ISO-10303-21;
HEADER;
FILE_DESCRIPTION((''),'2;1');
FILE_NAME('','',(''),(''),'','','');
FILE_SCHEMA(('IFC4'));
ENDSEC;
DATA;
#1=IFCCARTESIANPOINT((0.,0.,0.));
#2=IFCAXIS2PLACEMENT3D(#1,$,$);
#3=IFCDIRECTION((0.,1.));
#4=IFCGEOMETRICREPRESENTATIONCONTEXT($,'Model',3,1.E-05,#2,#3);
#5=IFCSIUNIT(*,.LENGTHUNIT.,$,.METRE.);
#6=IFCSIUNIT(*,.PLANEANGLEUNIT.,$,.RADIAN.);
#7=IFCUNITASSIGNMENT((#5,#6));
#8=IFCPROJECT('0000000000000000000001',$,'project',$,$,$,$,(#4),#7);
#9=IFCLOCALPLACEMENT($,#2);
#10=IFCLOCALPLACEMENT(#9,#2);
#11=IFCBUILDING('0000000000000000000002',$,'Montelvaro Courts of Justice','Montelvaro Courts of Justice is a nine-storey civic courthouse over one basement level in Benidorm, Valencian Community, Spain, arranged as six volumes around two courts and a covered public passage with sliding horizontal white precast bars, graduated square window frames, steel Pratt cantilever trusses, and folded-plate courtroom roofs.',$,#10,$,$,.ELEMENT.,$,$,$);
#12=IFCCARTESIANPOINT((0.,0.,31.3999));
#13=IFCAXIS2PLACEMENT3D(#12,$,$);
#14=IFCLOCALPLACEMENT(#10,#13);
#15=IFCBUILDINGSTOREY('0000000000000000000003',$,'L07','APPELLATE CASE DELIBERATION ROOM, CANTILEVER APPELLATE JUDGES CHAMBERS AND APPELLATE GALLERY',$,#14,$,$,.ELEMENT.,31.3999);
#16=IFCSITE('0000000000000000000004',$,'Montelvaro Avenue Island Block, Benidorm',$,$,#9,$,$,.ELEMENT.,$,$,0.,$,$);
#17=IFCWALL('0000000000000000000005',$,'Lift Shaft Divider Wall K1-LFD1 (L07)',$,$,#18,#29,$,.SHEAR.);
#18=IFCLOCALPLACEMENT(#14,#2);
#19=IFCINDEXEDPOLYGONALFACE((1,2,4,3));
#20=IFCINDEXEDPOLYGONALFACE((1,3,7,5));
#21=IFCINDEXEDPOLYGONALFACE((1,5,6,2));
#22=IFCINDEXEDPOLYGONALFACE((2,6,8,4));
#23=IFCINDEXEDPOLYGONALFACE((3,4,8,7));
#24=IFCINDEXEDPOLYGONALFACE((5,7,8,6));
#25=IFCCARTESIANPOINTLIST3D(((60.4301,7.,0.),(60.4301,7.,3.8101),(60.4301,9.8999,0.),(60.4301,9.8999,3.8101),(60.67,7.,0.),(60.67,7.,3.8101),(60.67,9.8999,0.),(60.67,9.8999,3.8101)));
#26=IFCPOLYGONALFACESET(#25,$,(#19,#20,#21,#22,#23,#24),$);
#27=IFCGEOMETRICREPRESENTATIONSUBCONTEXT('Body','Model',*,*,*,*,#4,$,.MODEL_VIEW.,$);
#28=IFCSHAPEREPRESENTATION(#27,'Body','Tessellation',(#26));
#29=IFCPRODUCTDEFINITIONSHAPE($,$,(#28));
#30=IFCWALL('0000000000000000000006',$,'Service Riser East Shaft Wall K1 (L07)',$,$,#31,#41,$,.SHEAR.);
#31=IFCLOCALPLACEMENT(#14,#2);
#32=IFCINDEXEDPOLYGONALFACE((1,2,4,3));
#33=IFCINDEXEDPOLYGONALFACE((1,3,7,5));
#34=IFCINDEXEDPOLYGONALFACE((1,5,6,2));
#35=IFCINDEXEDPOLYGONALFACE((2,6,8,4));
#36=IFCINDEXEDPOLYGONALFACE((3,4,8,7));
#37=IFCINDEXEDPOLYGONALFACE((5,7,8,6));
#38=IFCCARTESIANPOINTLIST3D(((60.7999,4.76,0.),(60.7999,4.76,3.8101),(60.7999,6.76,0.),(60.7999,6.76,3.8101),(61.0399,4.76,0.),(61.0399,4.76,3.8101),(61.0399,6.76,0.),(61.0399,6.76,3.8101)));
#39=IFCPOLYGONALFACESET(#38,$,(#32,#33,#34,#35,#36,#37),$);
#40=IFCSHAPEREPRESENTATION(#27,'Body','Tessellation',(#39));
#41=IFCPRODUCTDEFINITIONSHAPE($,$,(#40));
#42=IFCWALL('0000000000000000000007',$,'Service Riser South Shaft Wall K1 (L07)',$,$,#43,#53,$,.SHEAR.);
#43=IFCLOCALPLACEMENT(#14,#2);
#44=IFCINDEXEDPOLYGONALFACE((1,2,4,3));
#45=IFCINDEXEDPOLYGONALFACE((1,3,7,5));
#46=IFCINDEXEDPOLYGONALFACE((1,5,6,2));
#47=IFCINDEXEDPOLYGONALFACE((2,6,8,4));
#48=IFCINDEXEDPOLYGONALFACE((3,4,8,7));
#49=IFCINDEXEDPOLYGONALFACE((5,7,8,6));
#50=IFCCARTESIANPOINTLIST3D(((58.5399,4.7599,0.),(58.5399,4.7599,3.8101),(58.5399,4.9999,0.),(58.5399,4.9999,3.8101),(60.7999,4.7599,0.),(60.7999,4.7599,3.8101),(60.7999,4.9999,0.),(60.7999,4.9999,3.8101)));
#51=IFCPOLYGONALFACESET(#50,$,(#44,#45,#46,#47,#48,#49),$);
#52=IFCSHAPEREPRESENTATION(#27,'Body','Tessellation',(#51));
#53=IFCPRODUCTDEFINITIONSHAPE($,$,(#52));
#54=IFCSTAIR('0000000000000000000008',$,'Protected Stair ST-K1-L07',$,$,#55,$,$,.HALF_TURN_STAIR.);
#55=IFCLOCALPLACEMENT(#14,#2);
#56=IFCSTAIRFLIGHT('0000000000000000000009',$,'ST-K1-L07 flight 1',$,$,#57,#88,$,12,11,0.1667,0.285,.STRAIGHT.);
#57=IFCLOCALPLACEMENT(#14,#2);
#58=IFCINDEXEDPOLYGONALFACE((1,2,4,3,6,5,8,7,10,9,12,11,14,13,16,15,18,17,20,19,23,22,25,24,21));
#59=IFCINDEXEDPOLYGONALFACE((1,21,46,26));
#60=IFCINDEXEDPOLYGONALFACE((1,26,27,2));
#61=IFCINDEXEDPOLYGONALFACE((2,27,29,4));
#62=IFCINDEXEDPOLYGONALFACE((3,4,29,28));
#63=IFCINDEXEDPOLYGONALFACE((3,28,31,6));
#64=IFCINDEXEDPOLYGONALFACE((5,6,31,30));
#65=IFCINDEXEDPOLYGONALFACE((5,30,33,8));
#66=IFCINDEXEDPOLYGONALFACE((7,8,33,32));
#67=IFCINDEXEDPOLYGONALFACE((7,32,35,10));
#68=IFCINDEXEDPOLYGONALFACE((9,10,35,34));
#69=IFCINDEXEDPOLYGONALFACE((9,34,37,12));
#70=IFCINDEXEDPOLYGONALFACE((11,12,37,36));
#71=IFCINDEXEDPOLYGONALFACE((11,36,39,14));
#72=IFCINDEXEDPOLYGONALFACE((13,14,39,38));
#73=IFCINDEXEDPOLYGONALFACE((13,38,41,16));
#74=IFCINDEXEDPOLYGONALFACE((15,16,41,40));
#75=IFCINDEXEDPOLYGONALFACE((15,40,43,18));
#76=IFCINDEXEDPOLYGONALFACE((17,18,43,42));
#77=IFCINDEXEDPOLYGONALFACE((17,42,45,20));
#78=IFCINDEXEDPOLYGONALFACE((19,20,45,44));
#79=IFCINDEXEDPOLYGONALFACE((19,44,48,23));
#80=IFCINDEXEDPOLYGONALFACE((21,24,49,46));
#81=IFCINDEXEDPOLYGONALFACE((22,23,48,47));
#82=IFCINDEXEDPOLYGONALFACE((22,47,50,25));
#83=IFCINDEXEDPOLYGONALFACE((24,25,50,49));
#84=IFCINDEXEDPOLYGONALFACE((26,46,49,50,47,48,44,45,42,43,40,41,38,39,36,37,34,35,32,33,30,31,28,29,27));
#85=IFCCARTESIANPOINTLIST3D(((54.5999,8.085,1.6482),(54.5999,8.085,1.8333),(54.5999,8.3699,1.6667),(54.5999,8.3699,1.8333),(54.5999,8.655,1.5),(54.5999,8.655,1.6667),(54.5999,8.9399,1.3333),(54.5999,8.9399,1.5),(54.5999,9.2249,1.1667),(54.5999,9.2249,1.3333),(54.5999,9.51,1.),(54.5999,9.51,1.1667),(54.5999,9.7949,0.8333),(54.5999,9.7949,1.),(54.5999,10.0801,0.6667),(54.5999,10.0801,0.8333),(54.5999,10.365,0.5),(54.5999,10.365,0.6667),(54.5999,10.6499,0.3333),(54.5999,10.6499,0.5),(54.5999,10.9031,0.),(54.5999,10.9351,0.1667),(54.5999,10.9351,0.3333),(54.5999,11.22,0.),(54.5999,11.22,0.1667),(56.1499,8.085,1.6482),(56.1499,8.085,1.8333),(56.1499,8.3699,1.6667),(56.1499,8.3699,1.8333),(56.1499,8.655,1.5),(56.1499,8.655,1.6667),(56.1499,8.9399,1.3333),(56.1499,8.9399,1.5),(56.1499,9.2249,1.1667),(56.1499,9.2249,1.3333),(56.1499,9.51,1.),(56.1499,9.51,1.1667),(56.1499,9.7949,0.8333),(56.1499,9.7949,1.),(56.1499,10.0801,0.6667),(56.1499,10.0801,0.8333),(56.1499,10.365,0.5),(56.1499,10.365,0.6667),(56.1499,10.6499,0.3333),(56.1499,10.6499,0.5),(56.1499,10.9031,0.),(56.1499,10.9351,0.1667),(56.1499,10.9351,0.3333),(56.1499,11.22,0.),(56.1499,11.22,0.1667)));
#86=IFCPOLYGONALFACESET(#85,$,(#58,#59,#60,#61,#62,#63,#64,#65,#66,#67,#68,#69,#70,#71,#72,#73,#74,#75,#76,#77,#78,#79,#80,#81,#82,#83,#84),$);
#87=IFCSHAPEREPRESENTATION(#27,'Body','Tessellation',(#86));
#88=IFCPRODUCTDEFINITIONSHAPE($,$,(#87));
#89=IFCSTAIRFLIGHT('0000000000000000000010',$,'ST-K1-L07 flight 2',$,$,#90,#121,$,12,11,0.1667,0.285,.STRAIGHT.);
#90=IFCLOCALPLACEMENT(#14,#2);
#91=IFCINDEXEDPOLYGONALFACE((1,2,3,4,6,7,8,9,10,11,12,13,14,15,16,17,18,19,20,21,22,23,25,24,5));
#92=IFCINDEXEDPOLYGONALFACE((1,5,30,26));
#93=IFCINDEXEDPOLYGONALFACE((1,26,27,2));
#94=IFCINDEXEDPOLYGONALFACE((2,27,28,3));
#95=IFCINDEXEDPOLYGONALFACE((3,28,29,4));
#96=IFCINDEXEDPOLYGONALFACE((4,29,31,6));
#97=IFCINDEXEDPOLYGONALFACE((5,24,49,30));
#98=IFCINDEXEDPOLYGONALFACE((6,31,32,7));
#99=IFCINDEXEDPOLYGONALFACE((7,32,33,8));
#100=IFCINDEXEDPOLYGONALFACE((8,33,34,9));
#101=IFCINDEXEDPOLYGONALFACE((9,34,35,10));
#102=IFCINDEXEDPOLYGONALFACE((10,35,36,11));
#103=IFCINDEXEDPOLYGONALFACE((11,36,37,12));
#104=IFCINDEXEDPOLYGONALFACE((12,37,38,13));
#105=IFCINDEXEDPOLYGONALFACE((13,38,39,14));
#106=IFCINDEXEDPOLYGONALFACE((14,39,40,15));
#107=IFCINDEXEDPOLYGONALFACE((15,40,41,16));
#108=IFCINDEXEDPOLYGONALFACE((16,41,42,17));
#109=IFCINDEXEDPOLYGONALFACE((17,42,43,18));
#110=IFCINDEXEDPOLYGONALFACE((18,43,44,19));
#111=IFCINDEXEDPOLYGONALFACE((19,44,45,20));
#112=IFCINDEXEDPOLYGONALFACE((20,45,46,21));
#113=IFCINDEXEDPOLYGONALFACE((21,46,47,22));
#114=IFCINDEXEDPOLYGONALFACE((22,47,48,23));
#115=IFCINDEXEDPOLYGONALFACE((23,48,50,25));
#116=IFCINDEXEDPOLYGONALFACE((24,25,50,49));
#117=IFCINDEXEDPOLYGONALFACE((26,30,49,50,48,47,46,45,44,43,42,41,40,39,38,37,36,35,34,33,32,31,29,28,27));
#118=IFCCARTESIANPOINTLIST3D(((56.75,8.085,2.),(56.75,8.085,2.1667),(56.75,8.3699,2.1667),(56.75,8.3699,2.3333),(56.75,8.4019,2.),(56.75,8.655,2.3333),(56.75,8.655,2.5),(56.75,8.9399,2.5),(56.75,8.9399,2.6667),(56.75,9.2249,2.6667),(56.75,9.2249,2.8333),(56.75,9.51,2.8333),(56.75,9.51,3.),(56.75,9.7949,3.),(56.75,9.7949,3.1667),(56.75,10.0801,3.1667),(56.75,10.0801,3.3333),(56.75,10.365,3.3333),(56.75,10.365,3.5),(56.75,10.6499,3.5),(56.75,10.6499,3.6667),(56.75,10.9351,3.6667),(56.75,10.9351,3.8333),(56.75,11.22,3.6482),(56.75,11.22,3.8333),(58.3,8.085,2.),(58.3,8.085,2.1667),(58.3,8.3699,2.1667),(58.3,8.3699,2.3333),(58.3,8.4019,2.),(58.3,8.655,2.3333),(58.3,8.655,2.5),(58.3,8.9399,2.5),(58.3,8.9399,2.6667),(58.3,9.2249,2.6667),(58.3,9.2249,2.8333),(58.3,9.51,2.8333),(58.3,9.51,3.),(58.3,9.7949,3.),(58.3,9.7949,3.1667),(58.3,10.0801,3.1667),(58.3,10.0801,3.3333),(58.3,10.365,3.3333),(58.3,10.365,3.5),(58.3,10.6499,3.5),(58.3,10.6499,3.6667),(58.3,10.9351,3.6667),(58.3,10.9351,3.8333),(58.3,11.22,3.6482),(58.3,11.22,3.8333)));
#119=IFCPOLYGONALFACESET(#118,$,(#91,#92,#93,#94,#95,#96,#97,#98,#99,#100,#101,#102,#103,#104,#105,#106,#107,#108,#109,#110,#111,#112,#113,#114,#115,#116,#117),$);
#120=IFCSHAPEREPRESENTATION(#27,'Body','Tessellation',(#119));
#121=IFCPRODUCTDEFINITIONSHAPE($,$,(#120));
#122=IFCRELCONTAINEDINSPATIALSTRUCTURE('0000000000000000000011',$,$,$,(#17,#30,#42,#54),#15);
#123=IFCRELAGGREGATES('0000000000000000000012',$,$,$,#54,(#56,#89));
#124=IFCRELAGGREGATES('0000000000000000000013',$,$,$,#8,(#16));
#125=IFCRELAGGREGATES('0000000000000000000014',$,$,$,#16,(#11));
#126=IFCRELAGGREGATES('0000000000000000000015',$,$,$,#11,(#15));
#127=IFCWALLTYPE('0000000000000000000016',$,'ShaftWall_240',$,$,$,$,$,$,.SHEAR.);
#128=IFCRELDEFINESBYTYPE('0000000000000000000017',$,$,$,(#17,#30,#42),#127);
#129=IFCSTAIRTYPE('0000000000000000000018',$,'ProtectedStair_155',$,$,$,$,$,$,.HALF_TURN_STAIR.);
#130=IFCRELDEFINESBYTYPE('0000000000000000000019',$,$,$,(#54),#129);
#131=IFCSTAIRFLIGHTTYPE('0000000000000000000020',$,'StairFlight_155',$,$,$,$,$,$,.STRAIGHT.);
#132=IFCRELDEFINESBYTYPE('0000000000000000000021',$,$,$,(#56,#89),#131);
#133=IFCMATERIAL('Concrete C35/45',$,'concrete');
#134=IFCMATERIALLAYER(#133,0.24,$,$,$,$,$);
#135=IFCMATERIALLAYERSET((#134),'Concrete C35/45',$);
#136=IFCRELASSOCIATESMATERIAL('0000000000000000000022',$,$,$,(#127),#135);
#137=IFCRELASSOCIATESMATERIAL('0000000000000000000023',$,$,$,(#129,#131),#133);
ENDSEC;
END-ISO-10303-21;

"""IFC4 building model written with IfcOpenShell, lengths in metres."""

from ifc_helpers import new_model, si_unit, direction, frame, frame_2d, origin, place, context, subcontext, project, spatial, polyline, rectangle, outline, extrude, material, layer, layer_set, type_object, element, aggregate, save


model = new_model("IFC4")

# Units and contexts
model_context = context("Model", 3, precision=1e-05, world=origin(), true_north=direction((0.0, 1.0)))
body_context = subcontext(model_context, "Body", "Model", "MODEL_VIEW")
ifc_project = project(units=[si_unit("LENGTHUNIT", "METRE"), si_unit("PLANEANGLEUNIT", "RADIAN")], contexts=[model_context])

# Site, building, storey
site_placement = place(None, origin())
site = spatial("IfcSite", under=ifc_project, at=site_placement, Name="Montelvaro Avenue Island Block, Benidorm", CompositionType="ELEMENT", RefElevation=0.0)
building_placement = place(site_placement, origin())
building = spatial("IfcBuilding", under=site, at=building_placement, Name="Montelvaro Courts of Justice", Description="Montelvaro Courts of Justice is a nine-storey civic courthouse over one basement level in Benidorm, Valencian Community, Spain, arranged as six volumes around two courts and a covered public passage with sliding horizontal white precast bars, graduated square window frames, steel Pratt cantilever trusses, and folded-plate courtroom roofs.", CompositionType="ELEMENT")
storey_placement = place(building_placement, frame((0.0, 0.0, 31.3999)))
storey = spatial("IfcBuildingStorey", under=building, at=storey_placement, Name="L07", Description="APPELLATE CASE DELIBERATION ROOM, CANTILEVER APPELLATE JUDGES CHAMBERS AND APPELLATE GALLERY", CompositionType="ELEMENT", Elevation=31.3999)

# Shared definitions
ifc_material_1 = material(Name="Concrete C35/45", Category="concrete")
ifc_layer_1 = layer(ifc_material_1, 0.24)
ifc_layer_set_1 = layer_set([ifc_layer_1], Name="Concrete C35/45")
wall_type_1 = type_object("IfcWallType", Name="ShaftWall_240", PredefinedType="SHEAR", material=ifc_layer_set_1)

# Walls
wall_1_placement = place(storey_placement, frame((60.55, 7.0, 0.0), z_axis=(0.0, 0.0, 1.0), x_axis=(0.0, 1.0, 0.0)))
element("IfcWall", 1, at=wall_1_placement, inside=storey, type_object=wall_type_1, Name="Lift Shaft Divider Wall K1-LFD1 (L07)", PredefinedType="SHEAR", context=body_context, shape_type="SweptSolid", body=[
    extrude(rectangle(XDim=2.8999, YDim=0.24, at=frame_2d((1.45, 0.0))), origin(), (0.0, 0.0, 1.0), 3.8101),
])
wall_2_placement = place(storey_placement, frame((60.9199, 4.76, 0.0), z_axis=(0.0, 0.0, 1.0), x_axis=(0.0, 1.0, 0.0)))
element("IfcWall", 2, at=wall_2_placement, inside=storey, type_object=wall_type_1, Name="Service Riser East Shaft Wall K1 (L07)", PredefinedType="SHEAR", context=body_context, shape_type="SweptSolid", body=[
    extrude(rectangle(XDim=2.0, YDim=0.24, at=frame_2d((1.0, 0.0))), origin(), (0.0, 0.0, 1.0), 3.8101),
])
wall_3_placement = place(storey_placement, frame((58.54, 4.8799, 0.0), z_axis=(0.0, 0.0, 1.0), x_axis=(1.0, 0.0, 0.0)))
element("IfcWall", 3, at=wall_3_placement, inside=storey, type_object=wall_type_1, Name="Service Riser South Shaft Wall K1 (L07)", PredefinedType="SHEAR", context=body_context, shape_type="SweptSolid", body=[
    extrude(rectangle(XDim=2.26, YDim=0.24, at=frame_2d((1.1299, 0.0))), origin(), (0.0, 0.0, 1.0), 3.8101),
])

# Stair, stair flights
stair_type = type_object("IfcStairType", Name="ProtectedStair_155", PredefinedType="HALF_TURN_STAIR", material=ifc_material_1)
stair_placement = place(storey_placement, origin())
stair = element("IfcStair", 4, at=stair_placement, inside=storey, type_object=stair_type, Name="Protected Stair ST-K1-L07", PredefinedType="HALF_TURN_STAIR")
stair_flight_type = type_object("IfcStairFlightType", Name="StairFlight_155", PredefinedType="STRAIGHT", material=ifc_material_1)
stair_flight_1_placement = place(storey_placement, frame((55.375, 11.22, 0.0), z_axis=(0.0, 0.0, 1.0), x_axis=(0.0, -1.0, 0.0)))
stair_flight_1 = element("IfcStairFlight", 5, at=stair_flight_1_placement, type_object=stair_flight_type, Name="ST-K1-L07 flight 1", NumberOfRisers=12, NumberOfTreads=11, PredefinedType="STRAIGHT", RiserHeight=0.1667, TreadLength=0.285, context=body_context, shape_type="SweptSolid", body=[
    extrude(outline(polyline([(0.0, 0.0), (0.0, 0.1667), (0.2849, 0.1667), (0.2849, 0.3333), (0.5701, 0.3333), (0.5701, 0.5), (0.855, 0.5), (0.855, 0.6667), (1.1399, 0.6667), (1.1399, 0.8333), (1.425, 0.8333), (1.425, 1.0), (1.71, 1.0), (1.71, 1.1667), (1.9951, 1.1667), (1.9951, 1.3333), (2.28, 1.3333), (2.28, 1.5), (2.5649, 1.5), (2.5649, 1.6667), (2.8501, 1.6667), (2.8501, 1.8333), (3.135, 1.8333), (3.135, 2.0), (3.135, 1.6482), (0.3169, 0.0), (0.0, 0.0)])), frame((0.0, 0.7749, 0.0), z_axis=(0.0, -1.0, 0.0), x_axis=(1.0, 0.0, 0.0)), (0.0, 0.0, 1.0), 1.55),
])
stair_flight_2_placement = place(storey_placement, frame((57.5249, 8.085, 2.0), z_axis=(0.0, 0.0, 1.0), x_axis=(0.0, 1.0, 0.0)))
stair_flight_2 = element("IfcStairFlight", 6, at=stair_flight_2_placement, type_object=stair_flight_type, Name="ST-K1-L07 flight 2", NumberOfRisers=12, NumberOfTreads=11, PredefinedType="STRAIGHT", RiserHeight=0.1667, TreadLength=0.285, context=body_context, shape_type="SweptSolid", body=[
    extrude(outline(polyline([(0.0, 0.0), (0.0, 0.1667), (0.2849, 0.1667), (0.2849, 0.3333), (0.5701, 0.3333), (0.5701, 0.5), (0.855, 0.5), (0.855, 0.6667), (1.1399, 0.6667), (1.1399, 0.8333), (1.425, 0.8333), (1.425, 1.0), (1.71, 1.0), (1.71, 1.1667), (1.9951, 1.1667), (1.9951, 1.3333), (2.28, 1.3333), (2.28, 1.5), (2.5649, 1.5), (2.5649, 1.6667), (2.8501, 1.6667), (2.8501, 1.8333), (3.135, 1.8333), (3.135, 2.0), (3.135, 1.6482), (0.3169, 0.0), (0.0, 0.0)])), frame((0.0, 0.7749, 0.0), z_axis=(0.0, -1.0, 0.0), x_axis=(1.0, 0.0, 0.0)), (0.0, 0.0, 1.0), 1.55),
])
aggregate(stair, [stair_flight_1, stair_flight_2])

save(model, "model.ifc")
